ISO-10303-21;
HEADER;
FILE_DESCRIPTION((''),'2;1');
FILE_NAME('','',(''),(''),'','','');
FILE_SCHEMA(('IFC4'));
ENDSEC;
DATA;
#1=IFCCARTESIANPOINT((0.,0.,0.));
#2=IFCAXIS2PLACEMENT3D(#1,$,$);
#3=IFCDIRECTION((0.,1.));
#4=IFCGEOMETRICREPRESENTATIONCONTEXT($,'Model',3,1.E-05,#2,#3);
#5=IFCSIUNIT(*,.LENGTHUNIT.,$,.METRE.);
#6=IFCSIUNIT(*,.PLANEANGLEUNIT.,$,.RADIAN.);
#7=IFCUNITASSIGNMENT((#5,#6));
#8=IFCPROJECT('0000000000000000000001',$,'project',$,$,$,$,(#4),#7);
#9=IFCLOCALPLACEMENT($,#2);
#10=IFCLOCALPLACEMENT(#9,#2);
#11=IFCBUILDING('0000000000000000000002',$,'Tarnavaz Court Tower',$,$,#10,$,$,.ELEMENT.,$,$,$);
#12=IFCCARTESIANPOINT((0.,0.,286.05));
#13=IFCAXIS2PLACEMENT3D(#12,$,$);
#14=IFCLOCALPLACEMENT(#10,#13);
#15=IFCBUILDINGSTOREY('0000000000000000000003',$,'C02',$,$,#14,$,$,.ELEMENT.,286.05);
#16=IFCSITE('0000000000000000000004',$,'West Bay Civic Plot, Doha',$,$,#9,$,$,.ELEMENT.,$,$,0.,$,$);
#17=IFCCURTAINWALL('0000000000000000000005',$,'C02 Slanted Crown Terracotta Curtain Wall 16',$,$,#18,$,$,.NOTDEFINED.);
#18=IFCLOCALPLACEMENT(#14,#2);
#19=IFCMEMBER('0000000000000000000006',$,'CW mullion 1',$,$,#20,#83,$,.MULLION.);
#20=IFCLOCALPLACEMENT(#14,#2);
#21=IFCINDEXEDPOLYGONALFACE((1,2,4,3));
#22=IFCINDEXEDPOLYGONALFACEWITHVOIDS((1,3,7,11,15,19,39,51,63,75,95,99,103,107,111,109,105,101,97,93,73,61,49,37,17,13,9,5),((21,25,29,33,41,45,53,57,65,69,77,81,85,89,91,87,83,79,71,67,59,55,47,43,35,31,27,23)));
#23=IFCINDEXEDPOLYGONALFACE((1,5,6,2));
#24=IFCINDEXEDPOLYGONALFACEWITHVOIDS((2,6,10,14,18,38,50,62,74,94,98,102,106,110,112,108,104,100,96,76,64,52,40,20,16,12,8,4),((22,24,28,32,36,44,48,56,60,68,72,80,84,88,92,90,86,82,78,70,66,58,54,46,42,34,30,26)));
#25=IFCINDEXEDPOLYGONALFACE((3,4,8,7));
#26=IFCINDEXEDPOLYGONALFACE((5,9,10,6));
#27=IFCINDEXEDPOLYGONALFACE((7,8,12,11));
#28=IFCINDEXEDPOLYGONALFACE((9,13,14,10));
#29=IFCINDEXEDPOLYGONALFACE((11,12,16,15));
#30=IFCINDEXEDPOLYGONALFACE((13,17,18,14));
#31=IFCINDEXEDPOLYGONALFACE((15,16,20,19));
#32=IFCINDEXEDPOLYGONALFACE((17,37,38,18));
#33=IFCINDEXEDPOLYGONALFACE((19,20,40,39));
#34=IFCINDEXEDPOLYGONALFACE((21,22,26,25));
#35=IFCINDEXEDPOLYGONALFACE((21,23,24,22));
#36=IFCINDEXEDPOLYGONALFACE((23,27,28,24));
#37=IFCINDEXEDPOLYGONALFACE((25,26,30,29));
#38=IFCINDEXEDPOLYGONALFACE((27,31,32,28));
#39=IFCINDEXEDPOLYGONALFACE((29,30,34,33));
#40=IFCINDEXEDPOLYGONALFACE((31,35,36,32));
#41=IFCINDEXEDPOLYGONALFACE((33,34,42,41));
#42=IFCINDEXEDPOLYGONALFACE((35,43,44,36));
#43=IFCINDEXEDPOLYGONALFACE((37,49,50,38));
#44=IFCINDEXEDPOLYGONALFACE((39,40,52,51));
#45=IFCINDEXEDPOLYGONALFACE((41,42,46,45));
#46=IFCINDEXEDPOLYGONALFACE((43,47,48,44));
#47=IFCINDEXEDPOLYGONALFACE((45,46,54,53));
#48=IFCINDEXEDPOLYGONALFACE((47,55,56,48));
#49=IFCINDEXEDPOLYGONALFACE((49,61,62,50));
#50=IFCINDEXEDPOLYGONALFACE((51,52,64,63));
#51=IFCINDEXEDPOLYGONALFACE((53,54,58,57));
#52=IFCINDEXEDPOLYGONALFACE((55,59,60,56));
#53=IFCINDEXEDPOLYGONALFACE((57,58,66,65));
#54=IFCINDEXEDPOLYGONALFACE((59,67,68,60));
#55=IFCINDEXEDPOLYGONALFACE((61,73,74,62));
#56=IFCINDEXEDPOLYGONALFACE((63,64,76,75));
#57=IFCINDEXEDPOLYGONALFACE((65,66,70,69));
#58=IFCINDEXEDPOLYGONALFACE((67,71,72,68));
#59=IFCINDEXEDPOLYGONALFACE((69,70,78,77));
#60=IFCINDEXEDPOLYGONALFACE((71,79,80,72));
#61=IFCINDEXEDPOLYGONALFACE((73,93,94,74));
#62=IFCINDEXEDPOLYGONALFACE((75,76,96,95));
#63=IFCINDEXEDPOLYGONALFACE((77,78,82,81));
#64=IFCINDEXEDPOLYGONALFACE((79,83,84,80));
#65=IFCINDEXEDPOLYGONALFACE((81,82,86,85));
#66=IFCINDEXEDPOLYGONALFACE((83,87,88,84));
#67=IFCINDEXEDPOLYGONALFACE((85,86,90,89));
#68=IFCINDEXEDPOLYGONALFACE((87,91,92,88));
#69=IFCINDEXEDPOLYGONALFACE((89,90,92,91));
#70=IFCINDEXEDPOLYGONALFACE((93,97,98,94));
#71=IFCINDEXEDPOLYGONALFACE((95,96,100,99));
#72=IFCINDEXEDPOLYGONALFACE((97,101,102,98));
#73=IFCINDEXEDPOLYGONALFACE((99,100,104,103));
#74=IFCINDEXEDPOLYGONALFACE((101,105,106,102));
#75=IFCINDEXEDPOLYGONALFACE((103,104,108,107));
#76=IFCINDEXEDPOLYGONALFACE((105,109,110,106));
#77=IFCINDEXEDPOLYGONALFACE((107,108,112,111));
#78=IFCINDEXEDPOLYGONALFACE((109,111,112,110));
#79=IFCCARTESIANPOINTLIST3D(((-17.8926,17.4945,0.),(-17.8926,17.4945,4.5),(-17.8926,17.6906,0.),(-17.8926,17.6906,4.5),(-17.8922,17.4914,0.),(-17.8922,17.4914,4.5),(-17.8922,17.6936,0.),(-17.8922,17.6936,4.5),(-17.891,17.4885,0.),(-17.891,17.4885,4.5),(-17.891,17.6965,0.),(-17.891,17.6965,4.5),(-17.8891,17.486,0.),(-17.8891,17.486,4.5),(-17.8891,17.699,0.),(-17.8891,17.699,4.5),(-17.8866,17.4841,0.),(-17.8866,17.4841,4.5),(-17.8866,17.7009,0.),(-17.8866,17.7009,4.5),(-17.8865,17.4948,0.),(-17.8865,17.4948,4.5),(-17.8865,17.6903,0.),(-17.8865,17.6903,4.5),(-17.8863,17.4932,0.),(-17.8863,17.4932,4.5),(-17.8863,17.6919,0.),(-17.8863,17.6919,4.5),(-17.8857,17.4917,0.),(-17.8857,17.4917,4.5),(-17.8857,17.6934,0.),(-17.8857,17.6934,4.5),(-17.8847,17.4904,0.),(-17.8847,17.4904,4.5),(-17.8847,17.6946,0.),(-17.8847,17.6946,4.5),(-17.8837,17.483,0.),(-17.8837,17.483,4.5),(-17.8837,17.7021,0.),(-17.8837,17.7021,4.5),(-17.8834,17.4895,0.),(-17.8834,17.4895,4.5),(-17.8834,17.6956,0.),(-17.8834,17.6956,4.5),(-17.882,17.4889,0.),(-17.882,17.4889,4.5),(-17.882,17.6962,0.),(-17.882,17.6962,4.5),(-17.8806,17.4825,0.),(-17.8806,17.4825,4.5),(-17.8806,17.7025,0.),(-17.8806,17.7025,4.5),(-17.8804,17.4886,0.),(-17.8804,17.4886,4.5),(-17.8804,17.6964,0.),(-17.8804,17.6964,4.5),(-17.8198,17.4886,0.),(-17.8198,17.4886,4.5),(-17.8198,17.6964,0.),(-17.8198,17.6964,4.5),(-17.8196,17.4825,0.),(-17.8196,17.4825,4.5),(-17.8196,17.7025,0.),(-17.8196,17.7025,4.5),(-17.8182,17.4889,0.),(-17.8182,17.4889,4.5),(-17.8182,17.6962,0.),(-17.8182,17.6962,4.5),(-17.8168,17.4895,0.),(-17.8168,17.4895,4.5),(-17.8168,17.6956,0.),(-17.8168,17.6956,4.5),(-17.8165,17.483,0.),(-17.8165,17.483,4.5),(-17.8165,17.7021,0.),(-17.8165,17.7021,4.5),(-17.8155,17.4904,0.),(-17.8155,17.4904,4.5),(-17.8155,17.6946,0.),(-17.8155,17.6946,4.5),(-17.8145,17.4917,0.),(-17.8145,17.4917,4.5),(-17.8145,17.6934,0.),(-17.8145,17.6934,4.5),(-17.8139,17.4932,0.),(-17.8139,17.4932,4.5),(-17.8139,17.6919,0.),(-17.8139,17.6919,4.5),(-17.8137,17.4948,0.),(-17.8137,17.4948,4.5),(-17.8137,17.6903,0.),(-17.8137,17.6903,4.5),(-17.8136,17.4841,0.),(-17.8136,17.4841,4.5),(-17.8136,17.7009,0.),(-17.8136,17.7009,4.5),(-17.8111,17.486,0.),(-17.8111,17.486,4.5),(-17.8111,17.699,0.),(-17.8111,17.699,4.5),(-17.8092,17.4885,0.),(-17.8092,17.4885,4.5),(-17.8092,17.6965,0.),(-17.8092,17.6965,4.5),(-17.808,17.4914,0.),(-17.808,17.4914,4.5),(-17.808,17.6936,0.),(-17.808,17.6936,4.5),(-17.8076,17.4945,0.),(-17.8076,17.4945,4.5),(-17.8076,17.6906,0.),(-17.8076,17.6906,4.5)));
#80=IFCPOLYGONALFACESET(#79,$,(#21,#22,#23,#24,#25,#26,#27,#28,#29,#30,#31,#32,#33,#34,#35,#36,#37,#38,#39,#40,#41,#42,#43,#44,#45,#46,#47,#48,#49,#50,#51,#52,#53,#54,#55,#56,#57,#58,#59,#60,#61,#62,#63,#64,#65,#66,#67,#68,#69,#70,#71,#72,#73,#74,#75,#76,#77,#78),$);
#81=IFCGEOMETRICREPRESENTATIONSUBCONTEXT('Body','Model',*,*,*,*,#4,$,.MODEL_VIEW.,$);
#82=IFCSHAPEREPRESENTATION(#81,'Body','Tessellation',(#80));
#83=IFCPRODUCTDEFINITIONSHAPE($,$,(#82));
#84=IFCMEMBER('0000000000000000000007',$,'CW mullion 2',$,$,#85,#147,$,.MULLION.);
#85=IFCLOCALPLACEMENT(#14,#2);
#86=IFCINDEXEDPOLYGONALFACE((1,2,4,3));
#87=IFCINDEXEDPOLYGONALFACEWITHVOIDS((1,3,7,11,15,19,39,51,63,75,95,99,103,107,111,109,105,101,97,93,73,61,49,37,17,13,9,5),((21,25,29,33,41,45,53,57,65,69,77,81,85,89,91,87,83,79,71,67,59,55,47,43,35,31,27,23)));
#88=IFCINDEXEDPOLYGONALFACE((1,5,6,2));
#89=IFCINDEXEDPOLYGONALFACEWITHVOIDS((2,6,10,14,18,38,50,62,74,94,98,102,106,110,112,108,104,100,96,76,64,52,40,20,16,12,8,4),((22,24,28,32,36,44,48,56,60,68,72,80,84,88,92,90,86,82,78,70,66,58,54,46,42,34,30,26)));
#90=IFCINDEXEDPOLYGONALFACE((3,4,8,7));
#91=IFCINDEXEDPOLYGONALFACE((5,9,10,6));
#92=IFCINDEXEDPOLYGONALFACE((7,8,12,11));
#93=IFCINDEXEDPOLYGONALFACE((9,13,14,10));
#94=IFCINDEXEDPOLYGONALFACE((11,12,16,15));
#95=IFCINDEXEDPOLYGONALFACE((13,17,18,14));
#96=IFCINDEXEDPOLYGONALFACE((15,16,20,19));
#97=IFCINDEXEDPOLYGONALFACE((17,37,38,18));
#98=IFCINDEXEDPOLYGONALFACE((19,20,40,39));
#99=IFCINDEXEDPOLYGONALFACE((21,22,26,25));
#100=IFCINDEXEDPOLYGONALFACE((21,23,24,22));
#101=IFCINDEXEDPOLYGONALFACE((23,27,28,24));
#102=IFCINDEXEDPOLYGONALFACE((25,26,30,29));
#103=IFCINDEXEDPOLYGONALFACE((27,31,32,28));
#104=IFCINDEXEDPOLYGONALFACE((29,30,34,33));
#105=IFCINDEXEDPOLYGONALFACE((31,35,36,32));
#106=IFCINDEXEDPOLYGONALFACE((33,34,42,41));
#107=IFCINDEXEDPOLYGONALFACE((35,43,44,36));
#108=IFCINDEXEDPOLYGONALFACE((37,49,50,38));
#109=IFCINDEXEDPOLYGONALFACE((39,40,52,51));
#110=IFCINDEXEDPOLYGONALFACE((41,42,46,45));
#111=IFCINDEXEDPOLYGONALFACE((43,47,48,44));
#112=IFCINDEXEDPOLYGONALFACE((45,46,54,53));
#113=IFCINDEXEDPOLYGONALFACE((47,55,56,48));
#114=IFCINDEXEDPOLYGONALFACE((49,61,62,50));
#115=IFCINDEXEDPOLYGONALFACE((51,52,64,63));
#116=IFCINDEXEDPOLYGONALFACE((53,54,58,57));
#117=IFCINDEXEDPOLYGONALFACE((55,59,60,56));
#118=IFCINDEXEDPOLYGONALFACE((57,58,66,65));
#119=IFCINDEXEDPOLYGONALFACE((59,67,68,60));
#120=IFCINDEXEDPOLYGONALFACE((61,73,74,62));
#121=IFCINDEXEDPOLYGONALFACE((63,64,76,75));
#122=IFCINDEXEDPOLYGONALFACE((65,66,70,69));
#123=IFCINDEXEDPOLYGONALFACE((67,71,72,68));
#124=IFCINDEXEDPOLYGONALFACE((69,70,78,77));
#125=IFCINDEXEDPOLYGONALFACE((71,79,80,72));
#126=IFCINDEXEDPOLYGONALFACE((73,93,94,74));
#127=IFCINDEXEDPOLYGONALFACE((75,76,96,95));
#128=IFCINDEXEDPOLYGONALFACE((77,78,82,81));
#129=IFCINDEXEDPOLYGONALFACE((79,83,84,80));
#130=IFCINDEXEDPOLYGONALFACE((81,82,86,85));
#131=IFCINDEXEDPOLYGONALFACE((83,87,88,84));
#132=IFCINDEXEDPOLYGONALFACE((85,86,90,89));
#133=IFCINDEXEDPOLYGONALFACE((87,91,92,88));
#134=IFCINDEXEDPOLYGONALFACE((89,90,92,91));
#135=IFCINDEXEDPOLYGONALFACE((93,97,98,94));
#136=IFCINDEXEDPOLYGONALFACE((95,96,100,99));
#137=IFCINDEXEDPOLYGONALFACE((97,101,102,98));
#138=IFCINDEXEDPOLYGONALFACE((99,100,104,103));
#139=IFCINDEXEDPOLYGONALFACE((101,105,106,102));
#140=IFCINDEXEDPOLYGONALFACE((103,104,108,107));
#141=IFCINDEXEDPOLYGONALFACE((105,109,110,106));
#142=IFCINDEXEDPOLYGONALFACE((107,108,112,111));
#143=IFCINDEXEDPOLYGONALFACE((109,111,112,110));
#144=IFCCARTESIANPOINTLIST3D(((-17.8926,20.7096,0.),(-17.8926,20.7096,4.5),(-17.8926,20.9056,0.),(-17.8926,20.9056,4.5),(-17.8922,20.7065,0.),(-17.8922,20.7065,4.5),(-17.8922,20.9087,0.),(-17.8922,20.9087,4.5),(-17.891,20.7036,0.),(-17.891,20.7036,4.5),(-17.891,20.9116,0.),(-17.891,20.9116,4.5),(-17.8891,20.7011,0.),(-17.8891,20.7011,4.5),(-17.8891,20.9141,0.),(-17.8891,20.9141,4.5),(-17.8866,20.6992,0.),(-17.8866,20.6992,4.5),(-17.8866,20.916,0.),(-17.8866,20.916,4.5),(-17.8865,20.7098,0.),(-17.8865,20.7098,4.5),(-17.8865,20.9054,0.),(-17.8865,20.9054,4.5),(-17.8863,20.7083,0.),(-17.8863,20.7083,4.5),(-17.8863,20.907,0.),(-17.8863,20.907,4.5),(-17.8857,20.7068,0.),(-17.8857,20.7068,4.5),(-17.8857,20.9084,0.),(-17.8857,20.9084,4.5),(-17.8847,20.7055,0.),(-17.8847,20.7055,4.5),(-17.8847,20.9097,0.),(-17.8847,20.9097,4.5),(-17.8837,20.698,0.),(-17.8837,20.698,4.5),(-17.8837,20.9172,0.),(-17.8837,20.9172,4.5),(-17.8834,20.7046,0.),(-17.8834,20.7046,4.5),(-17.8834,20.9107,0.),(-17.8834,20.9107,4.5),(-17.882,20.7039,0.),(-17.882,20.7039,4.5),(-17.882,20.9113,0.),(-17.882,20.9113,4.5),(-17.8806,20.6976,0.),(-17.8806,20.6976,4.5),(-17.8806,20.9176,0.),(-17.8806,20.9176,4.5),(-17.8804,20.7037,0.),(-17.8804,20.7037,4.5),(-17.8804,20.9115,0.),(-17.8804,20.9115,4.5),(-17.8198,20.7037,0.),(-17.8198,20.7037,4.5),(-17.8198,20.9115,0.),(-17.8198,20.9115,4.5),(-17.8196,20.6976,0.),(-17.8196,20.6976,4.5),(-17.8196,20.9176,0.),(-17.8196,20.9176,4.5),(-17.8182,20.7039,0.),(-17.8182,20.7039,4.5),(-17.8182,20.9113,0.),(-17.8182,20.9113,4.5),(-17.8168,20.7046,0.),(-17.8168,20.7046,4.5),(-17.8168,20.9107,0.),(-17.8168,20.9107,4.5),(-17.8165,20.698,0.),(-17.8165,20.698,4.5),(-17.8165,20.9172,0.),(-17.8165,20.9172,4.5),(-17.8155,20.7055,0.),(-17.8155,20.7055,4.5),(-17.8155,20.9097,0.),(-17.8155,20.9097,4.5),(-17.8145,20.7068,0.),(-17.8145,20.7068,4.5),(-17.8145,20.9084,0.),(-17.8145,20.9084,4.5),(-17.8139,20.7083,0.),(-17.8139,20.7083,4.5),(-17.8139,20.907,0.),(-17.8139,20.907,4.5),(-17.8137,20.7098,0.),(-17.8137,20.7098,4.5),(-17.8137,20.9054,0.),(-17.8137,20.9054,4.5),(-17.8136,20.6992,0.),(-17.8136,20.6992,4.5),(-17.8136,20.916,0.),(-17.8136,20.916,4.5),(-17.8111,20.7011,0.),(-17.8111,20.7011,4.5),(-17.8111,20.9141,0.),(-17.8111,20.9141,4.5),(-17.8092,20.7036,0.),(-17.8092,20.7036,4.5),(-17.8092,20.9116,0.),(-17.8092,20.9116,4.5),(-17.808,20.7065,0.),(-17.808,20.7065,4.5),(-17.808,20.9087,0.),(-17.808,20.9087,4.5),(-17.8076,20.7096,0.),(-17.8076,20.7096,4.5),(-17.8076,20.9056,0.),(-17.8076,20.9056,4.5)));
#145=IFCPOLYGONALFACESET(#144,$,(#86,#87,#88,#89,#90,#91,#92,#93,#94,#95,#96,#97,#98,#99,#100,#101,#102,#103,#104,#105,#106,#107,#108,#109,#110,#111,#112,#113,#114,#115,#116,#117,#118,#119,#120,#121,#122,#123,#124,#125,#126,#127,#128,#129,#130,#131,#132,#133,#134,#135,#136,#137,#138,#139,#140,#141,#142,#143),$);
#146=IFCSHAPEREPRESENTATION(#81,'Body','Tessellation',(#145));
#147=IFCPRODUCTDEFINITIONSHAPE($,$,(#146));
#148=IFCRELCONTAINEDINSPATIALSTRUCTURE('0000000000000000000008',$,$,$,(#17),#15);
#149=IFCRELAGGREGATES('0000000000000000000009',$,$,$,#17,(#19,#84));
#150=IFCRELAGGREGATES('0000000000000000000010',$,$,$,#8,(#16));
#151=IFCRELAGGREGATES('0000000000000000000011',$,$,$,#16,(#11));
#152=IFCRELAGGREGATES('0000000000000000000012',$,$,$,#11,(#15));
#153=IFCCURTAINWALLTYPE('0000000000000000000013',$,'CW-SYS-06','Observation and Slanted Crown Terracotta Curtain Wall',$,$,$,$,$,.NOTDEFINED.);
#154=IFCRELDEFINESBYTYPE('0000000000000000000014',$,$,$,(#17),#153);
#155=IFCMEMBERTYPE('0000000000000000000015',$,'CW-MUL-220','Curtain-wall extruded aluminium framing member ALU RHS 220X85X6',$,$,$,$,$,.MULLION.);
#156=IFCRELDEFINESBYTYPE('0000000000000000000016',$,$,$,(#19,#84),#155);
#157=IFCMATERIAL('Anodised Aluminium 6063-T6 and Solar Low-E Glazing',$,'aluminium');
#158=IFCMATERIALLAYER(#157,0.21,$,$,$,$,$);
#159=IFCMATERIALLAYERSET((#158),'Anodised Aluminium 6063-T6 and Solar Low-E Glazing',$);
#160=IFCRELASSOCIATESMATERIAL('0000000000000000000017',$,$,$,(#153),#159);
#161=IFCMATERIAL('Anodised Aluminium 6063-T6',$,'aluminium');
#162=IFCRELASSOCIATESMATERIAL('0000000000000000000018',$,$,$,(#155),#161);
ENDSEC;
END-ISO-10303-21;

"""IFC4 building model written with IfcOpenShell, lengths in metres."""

from ifc_helpers import new_model, si_unit, direction, frame, origin, origin_2d, place, context, subcontext, project, spatial, hollow_rectangle, extrude, material, layer, layer_set, material_profile, profile_set, type_object, element, aggregate, save


model = new_model("IFC4")

# Units and contexts
model_context = context("Model", 3, precision=1e-05, world=origin(), true_north=direction((0.0, 1.0)))
body_context = subcontext(model_context, "Body", "Model", "MODEL_VIEW")
ifc_project = project(units=[si_unit("LENGTHUNIT", "METRE"), si_unit("PLANEANGLEUNIT", "RADIAN")], contexts=[model_context])

# Site, building, storey
site_placement = place(None, origin())
site = spatial("IfcSite", under=ifc_project, at=site_placement, Name="West Bay Civic Plot, Doha", CompositionType="ELEMENT", RefElevation=0.0)
building_placement = place(site_placement, origin())
building = spatial("IfcBuilding", under=site, at=building_placement, Name="Tarnavaz Court Tower", CompositionType="ELEMENT")
storey_placement = place(building_placement, frame((0.0, 0.0, 286.05)))
storey = spatial("IfcBuildingStorey", under=building, at=storey_placement, Name="C02", CompositionType="ELEMENT", Elevation=286.05)

# Curtain wall, members
ifc_material_1 = material(Name="Anodised Aluminium 6063-T6 and Solar Low-E Glazing", Category="aluminium")
ifc_layer_1 = layer(ifc_material_1, 0.21)
ifc_layer_set_1 = layer_set([ifc_layer_1], Name="Anodised Aluminium 6063-T6 and Solar Low-E Glazing")
curtain_wall_type = type_object("IfcCurtainWallType", Name="CW-SYS-06", Description="Observation and Slanted Crown Terracotta Curtain Wall", PredefinedType="NOTDEFINED", material=ifc_layer_set_1)
ifc_material_2 = material(Name="Anodised Aluminium 6063-T6", Category="aluminium")
ifc_material_profile_1 = material_profile(ifc_material_2, hollow_rectangle(XDim=0.085, YDim=0.22, WallThickness=0.0061, InnerFilletRadius=0.0061, OuterFilletRadius=0.012, at=origin_2d()), Name="ALU RHS 220X85X6")
ifc_profile_set_1 = profile_set([ifc_material_profile_1], Name="Anodised Aluminium 6063-T6")
member_type_1 = type_object("IfcMemberType", Name="CW-MUL-220", Description="Curtain-wall extruded aluminium framing member ALU RHS 220X85X6", PredefinedType="MULLION", material=ifc_profile_set_1)
curtain_wall_1_placement = place(storey_placement, origin())
curtain_wall_1 = element("IfcCurtainWall", 1, at=curtain_wall_1_placement, inside=storey, type_object=curtain_wall_type, Name="C02 Slanted Crown Terracotta Curtain Wall 16", PredefinedType="NOTDEFINED")
member_1_placement = place(storey_placement, frame((-17.8501, 17.5925, 0.0), z_axis=(0.0, 0.0, 1.0), x_axis=(-1.0, 0.0, 0.0)))
member_1 = element("IfcMember", 2, at=member_1_placement, type_object=member_type_1, Name="CW mullion 1", PredefinedType="MULLION", context=body_context, shape_type="SweptSolid", body=[
    extrude(hollow_rectangle(XDim=0.085, YDim=0.22, WallThickness=0.0061, InnerFilletRadius=0.0061, OuterFilletRadius=0.012, at=origin_2d()), origin(), (0.0, 0.0, 1.0), 4.5),
])
member_2_placement = place(storey_placement, frame((-17.8501, 20.8076, 0.0), z_axis=(0.0, 0.0, 1.0), x_axis=(-1.0, 0.0, 0.0)))
member_2 = element("IfcMember", 3, at=member_2_placement, type_object=member_type_1, Name="CW mullion 2", PredefinedType="MULLION", context=body_context, shape_type="SweptSolid", body=[
    extrude(hollow_rectangle(XDim=0.085, YDim=0.22, WallThickness=0.0061, InnerFilletRadius=0.0061, OuterFilletRadius=0.012, at=origin_2d()), origin(), (0.0, 0.0, 1.0), 4.5),
])

aggregate(curtain_wall_1, [member_1, member_2])

save(model, "model.ifc")
